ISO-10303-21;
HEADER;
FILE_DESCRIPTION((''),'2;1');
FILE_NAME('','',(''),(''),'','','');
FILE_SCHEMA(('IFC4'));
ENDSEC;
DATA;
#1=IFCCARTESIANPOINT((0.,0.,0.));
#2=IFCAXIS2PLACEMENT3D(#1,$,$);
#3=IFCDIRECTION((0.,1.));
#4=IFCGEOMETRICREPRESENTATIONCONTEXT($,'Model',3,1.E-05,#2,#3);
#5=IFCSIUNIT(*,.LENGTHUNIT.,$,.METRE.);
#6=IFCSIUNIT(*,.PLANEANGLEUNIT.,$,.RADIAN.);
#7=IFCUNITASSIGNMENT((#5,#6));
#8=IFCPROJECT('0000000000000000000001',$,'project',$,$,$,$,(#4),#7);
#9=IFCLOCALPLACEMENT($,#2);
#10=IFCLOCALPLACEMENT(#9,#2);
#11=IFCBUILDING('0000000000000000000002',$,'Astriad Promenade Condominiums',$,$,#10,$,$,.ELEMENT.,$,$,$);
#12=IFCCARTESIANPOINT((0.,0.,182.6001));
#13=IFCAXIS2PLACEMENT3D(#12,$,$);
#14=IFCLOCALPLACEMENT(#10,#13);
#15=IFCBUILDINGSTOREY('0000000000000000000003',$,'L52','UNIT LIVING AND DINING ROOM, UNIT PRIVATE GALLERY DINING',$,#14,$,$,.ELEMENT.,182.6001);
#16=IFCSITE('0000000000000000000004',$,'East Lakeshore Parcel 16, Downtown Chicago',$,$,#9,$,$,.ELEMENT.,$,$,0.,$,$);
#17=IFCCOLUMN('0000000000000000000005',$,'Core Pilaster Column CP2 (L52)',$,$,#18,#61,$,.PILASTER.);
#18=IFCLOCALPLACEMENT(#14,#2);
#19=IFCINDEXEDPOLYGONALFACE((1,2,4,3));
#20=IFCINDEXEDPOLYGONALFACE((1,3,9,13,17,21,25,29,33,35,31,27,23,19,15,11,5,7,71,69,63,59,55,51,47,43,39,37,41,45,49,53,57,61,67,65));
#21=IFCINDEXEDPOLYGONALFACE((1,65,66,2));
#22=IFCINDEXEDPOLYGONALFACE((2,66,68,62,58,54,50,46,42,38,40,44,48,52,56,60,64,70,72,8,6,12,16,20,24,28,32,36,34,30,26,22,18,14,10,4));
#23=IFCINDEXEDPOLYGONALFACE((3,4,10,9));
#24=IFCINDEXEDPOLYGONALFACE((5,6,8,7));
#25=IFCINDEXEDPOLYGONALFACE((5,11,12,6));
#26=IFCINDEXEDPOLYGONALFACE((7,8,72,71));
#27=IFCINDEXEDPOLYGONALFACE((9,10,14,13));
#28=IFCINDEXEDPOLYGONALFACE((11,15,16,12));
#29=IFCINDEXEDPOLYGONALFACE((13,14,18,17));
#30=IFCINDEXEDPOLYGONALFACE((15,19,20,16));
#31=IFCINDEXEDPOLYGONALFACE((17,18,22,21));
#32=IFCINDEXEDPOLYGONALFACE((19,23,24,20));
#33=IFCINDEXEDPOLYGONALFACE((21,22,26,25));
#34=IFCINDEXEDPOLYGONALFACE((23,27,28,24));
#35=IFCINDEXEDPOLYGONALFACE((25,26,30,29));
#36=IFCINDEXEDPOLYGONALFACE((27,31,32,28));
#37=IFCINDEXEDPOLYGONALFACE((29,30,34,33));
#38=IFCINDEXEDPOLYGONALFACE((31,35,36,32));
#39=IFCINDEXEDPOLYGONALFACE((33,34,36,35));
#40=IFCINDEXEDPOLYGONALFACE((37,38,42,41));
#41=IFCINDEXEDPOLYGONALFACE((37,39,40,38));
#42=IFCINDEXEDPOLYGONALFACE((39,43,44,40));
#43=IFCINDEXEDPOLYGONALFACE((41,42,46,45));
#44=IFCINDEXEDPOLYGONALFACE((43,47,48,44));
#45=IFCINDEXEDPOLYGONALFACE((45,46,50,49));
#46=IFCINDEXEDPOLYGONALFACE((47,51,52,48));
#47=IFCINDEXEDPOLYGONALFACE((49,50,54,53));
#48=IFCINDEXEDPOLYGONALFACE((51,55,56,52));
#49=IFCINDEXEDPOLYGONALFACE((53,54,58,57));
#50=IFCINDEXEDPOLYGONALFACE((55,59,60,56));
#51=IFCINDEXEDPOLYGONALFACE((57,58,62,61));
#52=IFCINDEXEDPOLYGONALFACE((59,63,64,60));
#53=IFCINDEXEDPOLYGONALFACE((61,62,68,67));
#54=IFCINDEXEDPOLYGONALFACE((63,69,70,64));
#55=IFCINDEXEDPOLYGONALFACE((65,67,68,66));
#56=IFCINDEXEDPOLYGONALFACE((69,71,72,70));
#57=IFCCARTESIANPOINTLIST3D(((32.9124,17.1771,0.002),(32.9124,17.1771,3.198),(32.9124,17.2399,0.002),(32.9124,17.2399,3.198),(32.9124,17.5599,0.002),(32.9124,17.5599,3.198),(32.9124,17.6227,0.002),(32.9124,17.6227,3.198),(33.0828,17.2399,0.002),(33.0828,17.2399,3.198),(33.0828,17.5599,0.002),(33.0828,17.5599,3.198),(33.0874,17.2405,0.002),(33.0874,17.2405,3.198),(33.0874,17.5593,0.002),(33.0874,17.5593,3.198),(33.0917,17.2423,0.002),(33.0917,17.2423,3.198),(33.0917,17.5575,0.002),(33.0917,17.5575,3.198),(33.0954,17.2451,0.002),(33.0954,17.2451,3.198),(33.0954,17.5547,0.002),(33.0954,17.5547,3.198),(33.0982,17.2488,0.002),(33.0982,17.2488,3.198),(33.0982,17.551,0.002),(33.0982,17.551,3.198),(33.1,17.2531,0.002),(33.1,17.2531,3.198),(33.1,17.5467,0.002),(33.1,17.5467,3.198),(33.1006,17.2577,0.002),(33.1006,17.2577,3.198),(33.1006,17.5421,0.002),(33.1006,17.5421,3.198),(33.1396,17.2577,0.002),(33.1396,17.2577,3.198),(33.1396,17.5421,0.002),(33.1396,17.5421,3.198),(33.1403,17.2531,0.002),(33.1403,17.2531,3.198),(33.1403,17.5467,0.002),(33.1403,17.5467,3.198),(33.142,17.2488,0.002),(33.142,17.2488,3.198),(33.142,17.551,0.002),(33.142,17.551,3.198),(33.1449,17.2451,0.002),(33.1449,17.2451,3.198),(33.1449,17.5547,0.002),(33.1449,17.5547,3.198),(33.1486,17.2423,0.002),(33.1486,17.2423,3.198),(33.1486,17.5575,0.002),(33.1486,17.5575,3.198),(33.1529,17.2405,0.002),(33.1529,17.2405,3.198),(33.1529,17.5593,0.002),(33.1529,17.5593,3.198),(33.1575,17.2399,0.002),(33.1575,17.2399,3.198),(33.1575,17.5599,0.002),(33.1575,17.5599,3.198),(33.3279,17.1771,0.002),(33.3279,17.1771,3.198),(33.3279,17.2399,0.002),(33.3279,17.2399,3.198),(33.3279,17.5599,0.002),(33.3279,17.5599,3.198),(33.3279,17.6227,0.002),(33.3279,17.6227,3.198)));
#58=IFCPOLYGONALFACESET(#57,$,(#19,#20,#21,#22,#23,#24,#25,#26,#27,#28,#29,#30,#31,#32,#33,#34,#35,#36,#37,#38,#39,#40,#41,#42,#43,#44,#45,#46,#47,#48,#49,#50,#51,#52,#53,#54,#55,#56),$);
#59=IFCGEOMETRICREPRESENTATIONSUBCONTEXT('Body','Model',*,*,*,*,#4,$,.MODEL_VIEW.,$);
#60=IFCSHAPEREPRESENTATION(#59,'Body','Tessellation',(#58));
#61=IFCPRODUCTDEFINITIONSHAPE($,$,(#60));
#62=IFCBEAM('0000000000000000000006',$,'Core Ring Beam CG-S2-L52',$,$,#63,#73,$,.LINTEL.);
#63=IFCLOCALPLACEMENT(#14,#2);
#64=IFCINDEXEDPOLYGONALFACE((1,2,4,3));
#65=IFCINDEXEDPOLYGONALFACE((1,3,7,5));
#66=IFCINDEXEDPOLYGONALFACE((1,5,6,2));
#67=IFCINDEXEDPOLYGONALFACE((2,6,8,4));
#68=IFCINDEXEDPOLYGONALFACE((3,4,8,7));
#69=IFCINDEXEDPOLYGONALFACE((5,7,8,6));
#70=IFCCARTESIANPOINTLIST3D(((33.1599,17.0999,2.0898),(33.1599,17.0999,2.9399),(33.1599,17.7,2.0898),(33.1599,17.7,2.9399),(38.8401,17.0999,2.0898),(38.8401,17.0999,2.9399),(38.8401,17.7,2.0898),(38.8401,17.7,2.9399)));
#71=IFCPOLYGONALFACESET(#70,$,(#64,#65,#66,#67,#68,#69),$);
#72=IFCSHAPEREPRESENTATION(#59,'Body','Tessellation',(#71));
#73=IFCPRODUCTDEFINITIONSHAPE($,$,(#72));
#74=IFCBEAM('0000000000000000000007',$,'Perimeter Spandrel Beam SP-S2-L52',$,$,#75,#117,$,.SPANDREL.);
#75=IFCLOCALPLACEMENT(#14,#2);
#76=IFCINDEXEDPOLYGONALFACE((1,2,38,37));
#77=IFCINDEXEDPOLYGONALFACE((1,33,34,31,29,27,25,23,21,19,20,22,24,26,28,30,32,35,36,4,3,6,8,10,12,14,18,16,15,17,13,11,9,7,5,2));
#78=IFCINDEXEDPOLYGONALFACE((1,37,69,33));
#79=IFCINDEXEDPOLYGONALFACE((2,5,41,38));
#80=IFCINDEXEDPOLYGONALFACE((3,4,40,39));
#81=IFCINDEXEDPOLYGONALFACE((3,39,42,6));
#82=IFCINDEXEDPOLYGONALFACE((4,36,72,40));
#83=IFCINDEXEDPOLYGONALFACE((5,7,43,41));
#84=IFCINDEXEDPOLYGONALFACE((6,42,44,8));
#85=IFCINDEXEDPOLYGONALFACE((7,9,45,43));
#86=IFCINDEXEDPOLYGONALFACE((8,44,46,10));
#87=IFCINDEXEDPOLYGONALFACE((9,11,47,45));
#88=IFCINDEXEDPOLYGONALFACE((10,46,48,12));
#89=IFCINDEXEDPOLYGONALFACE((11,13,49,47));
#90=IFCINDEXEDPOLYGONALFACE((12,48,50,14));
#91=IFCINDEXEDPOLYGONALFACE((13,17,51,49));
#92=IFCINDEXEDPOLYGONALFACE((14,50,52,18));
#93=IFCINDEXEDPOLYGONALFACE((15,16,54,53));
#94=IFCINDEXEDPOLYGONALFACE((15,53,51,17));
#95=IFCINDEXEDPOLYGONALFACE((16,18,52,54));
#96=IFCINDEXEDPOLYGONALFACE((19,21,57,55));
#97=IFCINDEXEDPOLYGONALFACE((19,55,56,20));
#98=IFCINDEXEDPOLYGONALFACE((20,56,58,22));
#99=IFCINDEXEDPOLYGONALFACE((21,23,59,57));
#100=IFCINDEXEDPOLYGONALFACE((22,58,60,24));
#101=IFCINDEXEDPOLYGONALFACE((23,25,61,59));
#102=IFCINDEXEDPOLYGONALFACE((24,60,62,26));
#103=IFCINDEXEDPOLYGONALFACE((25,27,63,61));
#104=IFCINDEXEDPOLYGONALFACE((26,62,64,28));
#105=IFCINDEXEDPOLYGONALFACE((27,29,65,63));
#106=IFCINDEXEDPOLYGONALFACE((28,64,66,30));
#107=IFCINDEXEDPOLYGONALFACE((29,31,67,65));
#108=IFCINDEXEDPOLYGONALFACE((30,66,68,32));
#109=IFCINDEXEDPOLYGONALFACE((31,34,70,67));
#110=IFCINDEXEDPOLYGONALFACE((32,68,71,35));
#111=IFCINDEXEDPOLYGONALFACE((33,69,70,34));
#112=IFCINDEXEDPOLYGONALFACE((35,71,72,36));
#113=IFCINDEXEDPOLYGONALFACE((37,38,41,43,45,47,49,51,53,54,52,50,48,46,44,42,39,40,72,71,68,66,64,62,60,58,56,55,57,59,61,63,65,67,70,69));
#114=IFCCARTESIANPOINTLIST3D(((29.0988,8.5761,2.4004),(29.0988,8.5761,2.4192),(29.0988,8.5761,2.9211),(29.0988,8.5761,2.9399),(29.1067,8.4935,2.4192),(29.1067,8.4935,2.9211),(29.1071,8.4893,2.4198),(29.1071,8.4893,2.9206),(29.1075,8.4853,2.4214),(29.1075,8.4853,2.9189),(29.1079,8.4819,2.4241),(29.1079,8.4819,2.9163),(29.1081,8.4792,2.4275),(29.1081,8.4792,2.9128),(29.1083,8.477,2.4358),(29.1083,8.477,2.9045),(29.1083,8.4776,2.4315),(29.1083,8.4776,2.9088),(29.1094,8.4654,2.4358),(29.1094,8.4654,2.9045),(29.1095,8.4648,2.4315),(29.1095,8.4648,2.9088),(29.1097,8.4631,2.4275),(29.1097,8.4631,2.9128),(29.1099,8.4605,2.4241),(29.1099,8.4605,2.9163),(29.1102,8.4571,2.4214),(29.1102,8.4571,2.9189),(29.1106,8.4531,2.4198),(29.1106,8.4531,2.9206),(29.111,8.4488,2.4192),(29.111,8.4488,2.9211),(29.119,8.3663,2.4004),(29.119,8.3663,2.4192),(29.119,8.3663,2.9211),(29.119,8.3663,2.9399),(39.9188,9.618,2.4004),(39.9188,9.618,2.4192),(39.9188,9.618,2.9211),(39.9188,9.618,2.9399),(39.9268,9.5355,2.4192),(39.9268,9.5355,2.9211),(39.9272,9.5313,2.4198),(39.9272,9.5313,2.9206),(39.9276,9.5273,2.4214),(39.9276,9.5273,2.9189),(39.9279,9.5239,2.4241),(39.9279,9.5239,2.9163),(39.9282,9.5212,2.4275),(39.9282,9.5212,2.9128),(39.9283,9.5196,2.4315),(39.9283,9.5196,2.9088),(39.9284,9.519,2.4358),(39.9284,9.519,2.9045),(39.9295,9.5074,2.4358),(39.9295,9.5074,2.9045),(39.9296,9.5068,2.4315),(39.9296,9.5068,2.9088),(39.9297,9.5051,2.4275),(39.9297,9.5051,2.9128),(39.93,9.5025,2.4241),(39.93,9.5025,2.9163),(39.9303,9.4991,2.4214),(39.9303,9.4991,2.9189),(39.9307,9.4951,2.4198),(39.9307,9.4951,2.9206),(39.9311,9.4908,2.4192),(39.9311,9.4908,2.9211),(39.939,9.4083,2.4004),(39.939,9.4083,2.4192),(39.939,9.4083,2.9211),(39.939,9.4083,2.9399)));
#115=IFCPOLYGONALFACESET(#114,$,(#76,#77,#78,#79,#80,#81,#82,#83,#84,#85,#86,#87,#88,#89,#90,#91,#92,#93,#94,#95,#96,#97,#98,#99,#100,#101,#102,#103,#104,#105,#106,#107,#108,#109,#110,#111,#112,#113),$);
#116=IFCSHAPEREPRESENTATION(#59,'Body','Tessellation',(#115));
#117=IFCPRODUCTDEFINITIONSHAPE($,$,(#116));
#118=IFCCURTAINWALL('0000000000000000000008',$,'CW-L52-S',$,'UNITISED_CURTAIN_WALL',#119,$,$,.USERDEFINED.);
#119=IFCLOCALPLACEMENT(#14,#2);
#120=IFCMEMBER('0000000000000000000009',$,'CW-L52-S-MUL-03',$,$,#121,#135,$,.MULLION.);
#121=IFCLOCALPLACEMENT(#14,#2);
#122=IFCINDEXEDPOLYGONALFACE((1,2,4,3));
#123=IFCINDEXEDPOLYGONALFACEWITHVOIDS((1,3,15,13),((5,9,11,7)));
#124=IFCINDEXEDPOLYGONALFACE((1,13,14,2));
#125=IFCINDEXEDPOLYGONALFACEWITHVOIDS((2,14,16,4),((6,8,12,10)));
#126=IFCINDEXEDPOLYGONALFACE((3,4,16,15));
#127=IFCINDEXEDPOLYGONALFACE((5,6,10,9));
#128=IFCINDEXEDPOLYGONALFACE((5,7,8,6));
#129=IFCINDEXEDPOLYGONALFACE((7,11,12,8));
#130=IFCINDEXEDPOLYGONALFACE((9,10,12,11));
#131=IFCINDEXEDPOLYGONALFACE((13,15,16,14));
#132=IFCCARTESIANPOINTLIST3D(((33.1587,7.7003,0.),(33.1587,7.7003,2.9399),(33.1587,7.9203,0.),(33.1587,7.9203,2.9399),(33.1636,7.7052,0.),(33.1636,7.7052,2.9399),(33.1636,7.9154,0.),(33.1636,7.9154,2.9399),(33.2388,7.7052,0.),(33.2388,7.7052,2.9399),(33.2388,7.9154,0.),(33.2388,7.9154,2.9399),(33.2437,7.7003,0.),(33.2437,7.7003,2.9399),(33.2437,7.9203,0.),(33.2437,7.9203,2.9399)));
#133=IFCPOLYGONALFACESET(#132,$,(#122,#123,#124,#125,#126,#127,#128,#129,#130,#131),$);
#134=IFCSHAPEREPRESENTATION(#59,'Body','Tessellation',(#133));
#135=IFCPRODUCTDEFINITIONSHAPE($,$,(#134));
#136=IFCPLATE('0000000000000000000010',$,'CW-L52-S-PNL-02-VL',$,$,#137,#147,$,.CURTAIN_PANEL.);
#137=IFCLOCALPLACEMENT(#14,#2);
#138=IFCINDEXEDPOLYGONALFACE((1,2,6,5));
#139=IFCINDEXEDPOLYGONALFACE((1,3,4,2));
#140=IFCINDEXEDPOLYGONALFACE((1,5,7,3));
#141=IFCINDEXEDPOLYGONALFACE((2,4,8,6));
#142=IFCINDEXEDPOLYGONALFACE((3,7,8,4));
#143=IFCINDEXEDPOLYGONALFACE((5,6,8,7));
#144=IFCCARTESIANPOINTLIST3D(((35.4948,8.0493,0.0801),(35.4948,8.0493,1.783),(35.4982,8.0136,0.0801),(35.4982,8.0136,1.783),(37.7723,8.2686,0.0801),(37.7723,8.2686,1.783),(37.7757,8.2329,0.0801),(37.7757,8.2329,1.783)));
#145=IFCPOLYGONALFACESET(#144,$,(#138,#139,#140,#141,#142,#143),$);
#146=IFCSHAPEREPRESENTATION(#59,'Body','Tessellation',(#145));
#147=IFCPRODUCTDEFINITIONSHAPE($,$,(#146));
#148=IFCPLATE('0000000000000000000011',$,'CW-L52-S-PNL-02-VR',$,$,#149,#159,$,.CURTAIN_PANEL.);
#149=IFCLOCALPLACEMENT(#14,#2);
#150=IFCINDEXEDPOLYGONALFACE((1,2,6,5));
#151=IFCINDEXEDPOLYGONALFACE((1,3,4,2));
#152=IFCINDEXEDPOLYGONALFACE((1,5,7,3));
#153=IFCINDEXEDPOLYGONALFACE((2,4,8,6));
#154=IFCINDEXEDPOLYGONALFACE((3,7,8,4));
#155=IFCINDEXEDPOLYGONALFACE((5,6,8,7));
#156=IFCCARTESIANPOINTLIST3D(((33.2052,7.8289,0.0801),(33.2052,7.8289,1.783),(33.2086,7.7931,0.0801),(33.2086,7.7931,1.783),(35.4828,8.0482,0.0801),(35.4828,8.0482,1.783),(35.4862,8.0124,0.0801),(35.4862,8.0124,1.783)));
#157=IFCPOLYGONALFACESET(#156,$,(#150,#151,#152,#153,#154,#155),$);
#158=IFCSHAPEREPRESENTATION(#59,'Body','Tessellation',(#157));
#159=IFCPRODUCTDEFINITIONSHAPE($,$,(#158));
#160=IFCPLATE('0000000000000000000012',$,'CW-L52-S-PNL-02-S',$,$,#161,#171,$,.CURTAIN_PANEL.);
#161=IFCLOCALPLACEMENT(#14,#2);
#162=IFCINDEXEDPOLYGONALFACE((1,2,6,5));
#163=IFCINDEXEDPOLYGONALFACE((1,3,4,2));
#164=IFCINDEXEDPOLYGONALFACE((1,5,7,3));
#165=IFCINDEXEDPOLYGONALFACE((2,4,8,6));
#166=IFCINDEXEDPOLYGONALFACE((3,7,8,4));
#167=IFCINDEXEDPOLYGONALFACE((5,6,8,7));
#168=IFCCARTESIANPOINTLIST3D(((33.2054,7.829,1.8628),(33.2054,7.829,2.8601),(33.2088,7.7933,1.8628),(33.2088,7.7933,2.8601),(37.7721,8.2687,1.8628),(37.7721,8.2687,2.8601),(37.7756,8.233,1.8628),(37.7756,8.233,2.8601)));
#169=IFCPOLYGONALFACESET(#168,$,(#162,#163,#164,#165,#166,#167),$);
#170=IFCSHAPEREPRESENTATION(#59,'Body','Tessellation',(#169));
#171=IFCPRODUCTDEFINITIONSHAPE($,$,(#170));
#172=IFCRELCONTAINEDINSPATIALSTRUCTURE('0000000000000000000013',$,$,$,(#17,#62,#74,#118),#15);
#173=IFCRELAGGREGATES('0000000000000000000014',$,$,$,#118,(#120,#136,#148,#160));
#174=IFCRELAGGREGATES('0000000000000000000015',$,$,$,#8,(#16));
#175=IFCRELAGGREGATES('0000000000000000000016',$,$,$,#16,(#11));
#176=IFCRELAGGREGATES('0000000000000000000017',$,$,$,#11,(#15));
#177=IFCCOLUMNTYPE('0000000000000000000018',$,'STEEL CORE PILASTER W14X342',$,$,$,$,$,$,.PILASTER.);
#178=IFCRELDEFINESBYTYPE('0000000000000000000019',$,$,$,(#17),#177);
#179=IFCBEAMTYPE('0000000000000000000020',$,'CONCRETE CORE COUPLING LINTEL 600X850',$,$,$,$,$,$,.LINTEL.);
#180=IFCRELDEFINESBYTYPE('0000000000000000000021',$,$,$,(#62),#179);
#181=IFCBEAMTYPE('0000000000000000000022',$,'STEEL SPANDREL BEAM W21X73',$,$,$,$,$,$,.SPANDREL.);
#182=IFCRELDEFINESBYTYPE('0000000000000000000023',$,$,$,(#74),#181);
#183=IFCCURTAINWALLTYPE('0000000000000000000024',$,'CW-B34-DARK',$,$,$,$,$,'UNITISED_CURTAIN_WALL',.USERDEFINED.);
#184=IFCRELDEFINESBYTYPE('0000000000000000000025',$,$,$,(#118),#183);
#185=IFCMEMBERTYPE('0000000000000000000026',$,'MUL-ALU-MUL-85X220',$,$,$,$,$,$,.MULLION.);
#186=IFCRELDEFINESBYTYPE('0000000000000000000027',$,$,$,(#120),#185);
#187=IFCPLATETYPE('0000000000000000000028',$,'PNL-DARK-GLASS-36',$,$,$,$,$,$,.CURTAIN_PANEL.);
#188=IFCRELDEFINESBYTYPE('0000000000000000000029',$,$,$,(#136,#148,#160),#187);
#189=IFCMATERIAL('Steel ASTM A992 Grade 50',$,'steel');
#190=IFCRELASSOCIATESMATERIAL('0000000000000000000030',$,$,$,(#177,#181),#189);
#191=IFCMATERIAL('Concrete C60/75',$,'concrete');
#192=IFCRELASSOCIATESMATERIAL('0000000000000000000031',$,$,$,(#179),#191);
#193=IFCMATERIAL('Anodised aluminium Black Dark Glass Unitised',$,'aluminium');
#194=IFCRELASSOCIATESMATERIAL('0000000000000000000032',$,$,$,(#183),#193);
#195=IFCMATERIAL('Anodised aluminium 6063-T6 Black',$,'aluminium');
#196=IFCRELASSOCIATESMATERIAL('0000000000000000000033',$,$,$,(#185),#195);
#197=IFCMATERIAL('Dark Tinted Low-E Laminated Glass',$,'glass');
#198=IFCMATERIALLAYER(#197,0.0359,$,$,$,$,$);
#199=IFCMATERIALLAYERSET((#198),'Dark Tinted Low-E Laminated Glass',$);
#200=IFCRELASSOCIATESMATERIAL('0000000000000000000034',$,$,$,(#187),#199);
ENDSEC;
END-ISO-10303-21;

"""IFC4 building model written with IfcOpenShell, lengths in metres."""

from ifc_helpers import new_model, si_unit, direction, frame, origin, origin_2d, place, context, subcontext, project, spatial, rectangle, hollow_rectangle, i_section, extrude, source, transform, mapped, material, layer, layer_set, material_profile, profile_set, type_object, type_shapes, element, aggregate, save


model = new_model("IFC4")

# Units and contexts
model_context = context("Model", 3, precision=1e-05, world=origin(), true_north=direction((0.0, 1.0)))
body_context = subcontext(model_context, "Body", "Model", "MODEL_VIEW")
ifc_project = project(units=[si_unit("LENGTHUNIT", "METRE"), si_unit("PLANEANGLEUNIT", "RADIAN")], contexts=[model_context])

# Site, building, storey
site_placement = place(None, origin())
site = spatial("IfcSite", under=ifc_project, at=site_placement, Name="East Lakeshore Parcel 16, Downtown Chicago", CompositionType="ELEMENT", RefElevation=0.0)
building_placement = place(site_placement, origin())
building = spatial("IfcBuilding", under=site, at=building_placement, Name="Astriad Promenade Condominiums", CompositionType="ELEMENT")
storey_placement = place(building_placement, frame((0.0, 0.0, 182.6001)))
storey = spatial("IfcBuildingStorey", under=building, at=storey_placement, Name="L52", Description="UNIT LIVING AND DINING ROOM, UNIT PRIVATE GALLERY DINING", CompositionType="ELEMENT", Elevation=182.6001)

# Column
ifc_material_1 = material(Name="Steel ASTM A992 Grade 50", Category="steel")
ifc_material_profile_1 = material_profile(ifc_material_1, i_section(OverallWidth=0.4155, OverallDepth=0.4456, WebThickness=0.0391, FlangeThickness=0.0627, FilletRadius=0.0178, at=origin_2d()), Name="W14X342")
ifc_profile_set_1 = profile_set([ifc_material_profile_1], Name="Steel ASTM A992 Grade 50")
column_type = type_object("IfcColumnType", Name="STEEL CORE PILASTER W14X342", PredefinedType="PILASTER", material=ifc_profile_set_1)
shared_shape_1 = source(origin(), body_context, "Body", "SweptSolid", [
    extrude(i_section(OverallWidth=0.4155, OverallDepth=0.4456, WebThickness=0.0391, FlangeThickness=0.0627, FilletRadius=0.0178, at=origin_2d()), origin(), (0.0, 0.0, 1.0), 3.196),
])
type_shapes(column_type, [shared_shape_1])
column_placement = place(storey_placement, frame((33.1201, 17.3999, 0.002), z_axis=(0.0, 0.0, 1.0), x_axis=(1.0, 0.0, 0.0)))
element("IfcColumn", 1, at=column_placement, inside=storey, type_object=column_type, Name="Core Pilaster Column CP2 (L52)", PredefinedType="PILASTER", context=body_context, shape_type="MappedRepresentation", body=[
    mapped(shared_shape_1, transform((0.0, 0.0, 0.0), scale=1.0)),
])

# Beams
ifc_material_2 = material(Name="Concrete C60/75", Category="concrete")
ifc_material_profile_2 = material_profile(ifc_material_2, rectangle(XDim=0.6001, YDim=0.8501, at=origin_2d()), Name="RC-BM-600X850")
ifc_profile_set_2 = profile_set([ifc_material_profile_2], Name="Concrete C60/75")
beam_type_1 = type_object("IfcBeamType", Name="CONCRETE CORE COUPLING LINTEL 600X850", PredefinedType="LINTEL", material=ifc_profile_set_2)
shared_shape_2 = source(origin(), body_context, "Body", "SweptSolid", [
    extrude(rectangle(XDim=0.6001, YDim=0.8501, at=origin_2d()), origin(), (0.0, 0.0, 1.0), 5.6802),
])
type_shapes(beam_type_1, [shared_shape_2])
beam_1_placement = place(storey_placement, frame((33.1599, 17.3999, 2.5149), z_axis=(1.0, 0.0, 0.0), x_axis=(0.0, 1.0, 0.0)))
element("IfcBeam", 2, at=beam_1_placement, inside=storey, type_object=beam_type_1, Name="Core Ring Beam CG-S2-L52", PredefinedType="LINTEL", context=body_context, shape_type="MappedRepresentation", body=[
    mapped(shared_shape_2, transform((0.0, 0.0, 0.0), scale=1.0)),
])
ifc_material_profile_3 = material_profile(ifc_material_1, i_section(OverallWidth=0.2107, OverallDepth=0.5396, WebThickness=0.0117, FlangeThickness=0.0188, FilletRadius=0.0166, at=origin_2d()), Name="W21X73")
ifc_profile_set_3 = profile_set([ifc_material_profile_3], Name="Steel ASTM A992 Grade 50")
beam_type_2 = type_object("IfcBeamType", Name="STEEL SPANDREL BEAM W21X73", PredefinedType="SPANDREL", material=ifc_profile_set_3)
shared_shape_3 = source(origin(), body_context, "Body", "SweptSolid", [
    extrude(i_section(OverallWidth=0.2107, OverallDepth=0.5396, WebThickness=0.0117, FlangeThickness=0.0188, FilletRadius=0.0166, at=origin_2d()), origin(), (0.0, 0.0, 1.0), 10.8701),
])
type_shapes(beam_type_2, [shared_shape_3])
beam_2_placement = place(storey_placement, frame((29.1089, 8.4712, 2.6702), z_axis=(0.995395, 0.095858, 0.0), x_axis=(-0.095858, 0.995395, 0.0)))
element("IfcBeam", 3, at=beam_2_placement, inside=storey, type_object=beam_type_2, Name="Perimeter Spandrel Beam SP-S2-L52", PredefinedType="SPANDREL", context=body_context, shape_type="MappedRepresentation", body=[
    mapped(shared_shape_3, transform((0.0, 0.0, 0.0), scale=1.0)),
])

# Curtain wall, member, plates
ifc_material_3 = material(Name="Anodised aluminium Black Dark Glass Unitised", Category="aluminium")
curtain_wall_type = type_object("IfcCurtainWallType", Name="CW-B34-DARK", ElementType="UNITISED_CURTAIN_WALL", PredefinedType="USERDEFINED", material=ifc_material_3)
curtain_wall_placement = place(storey_placement, origin())
curtain_wall = element("IfcCurtainWall", 4, at=curtain_wall_placement, inside=storey, type_object=curtain_wall_type, Name="CW-L52-S", ObjectType="UNITISED_CURTAIN_WALL", PredefinedType="USERDEFINED")
ifc_material_4 = material(Name="Anodised aluminium 6063-T6 Black", Category="aluminium")
ifc_material_profile_4 = material_profile(ifc_material_4, hollow_rectangle(XDim=0.085, YDim=0.22, WallThickness=0.0049, at=origin_2d()), Name="ALU-MUL-85X220")
ifc_profile_set_4 = profile_set([ifc_material_profile_4], Name="Anodised aluminium 6063-T6 Black")
member_type = type_object("IfcMemberType", Name="MUL-ALU-MUL-85X220", PredefinedType="MULLION", material=ifc_profile_set_4)
shared_shape_4 = source(origin(), body_context, "Body", "SweptSolid", [
    extrude(hollow_rectangle(XDim=0.085, YDim=0.22, WallThickness=0.0049, at=origin_2d()), origin(), (0.0, 0.0, 1.0), 2.9399),
])
type_shapes(member_type, [shared_shape_4])
member_placement = place(storey_placement, frame((33.2012, 7.8103, 0.0), z_axis=(0.0, 0.0, 1.0), x_axis=(1.0, 0.0, 0.0)))
member = element("IfcMember", 5, at=member_placement, type_object=member_type, Name="CW-L52-S-MUL-03", PredefinedType="MULLION", context=body_context, shape_type="MappedRepresentation", body=[
    mapped(shared_shape_4, transform((0.0, 0.0, 0.0), scale=1.0)),
])
ifc_material_5 = material(Name="Dark Tinted Low-E Laminated Glass", Category="glass")
ifc_layer_1 = layer(ifc_material_5, 0.0359)
ifc_layer_set_1 = layer_set([ifc_layer_1], Name="Dark Tinted Low-E Laminated Glass")
plate_type = type_object("IfcPlateType", Name="PNL-DARK-GLASS-36", PredefinedType="CURTAIN_PANEL", material=ifc_layer_set_1)
shared_shape_5 = source(origin(), body_context, "Body", "SweptSolid", [
    extrude(rectangle(XDim=2.2881, YDim=0.0359, at=origin_2d()), origin(), (0.0, 0.0, 1.0), 1.7029),
])
plate_1_placement = place(storey_placement, frame((36.6353, 8.1411, 0.0801), z_axis=(0.0, 0.0, 1.0), x_axis=(-0.995396, -0.095846, 0.0)))
plate_1 = element("IfcPlate", 6, at=plate_1_placement, type_object=plate_type, Name="CW-L52-S-PNL-02-VL", PredefinedType="CURTAIN_PANEL", context=body_context, shape_type="MappedRepresentation", body=[
    mapped(shared_shape_5, transform((0.0, 0.0, 0.0), scale=1.0)),
])
plate_2_placement = place(storey_placement, frame((34.3457, 7.9207, 0.0801), z_axis=(0.0, 0.0, 1.0), x_axis=(-0.995396, -0.095846, 0.0)))
plate_2 = element("IfcPlate", 7, at=plate_2_placement, type_object=plate_type, Name="CW-L52-S-PNL-02-VR", PredefinedType="CURTAIN_PANEL", context=body_context, shape_type="MappedRepresentation", body=[
    mapped(shared_shape_5, transform((0.0, 0.0, 0.0), scale=1.0)),
])
shared_shape_6 = source(origin(), body_context, "Body", "SweptSolid", [
    extrude(rectangle(XDim=4.5879, YDim=0.0359, at=origin_2d()), origin(), (0.0, 0.0, 1.0), 0.9973),
])
type_shapes(plate_type, [shared_shape_5, shared_shape_6])
plate_3_placement = place(storey_placement, frame((35.4905, 8.031, 1.8628), z_axis=(0.0, 0.0, 1.0), x_axis=(-0.995396, -0.095846, 0.0)))
plate_3 = element("IfcPlate", 8, at=plate_3_placement, type_object=plate_type, Name="CW-L52-S-PNL-02-S", PredefinedType="CURTAIN_PANEL", context=body_context, shape_type="MappedRepresentation", body=[
    mapped(shared_shape_6, transform((0.0, 0.0, 0.0), scale=1.0)),
])
aggregate(curtain_wall, [member, plate_1, plate_2, plate_3])

save(model, "model.ifc")
